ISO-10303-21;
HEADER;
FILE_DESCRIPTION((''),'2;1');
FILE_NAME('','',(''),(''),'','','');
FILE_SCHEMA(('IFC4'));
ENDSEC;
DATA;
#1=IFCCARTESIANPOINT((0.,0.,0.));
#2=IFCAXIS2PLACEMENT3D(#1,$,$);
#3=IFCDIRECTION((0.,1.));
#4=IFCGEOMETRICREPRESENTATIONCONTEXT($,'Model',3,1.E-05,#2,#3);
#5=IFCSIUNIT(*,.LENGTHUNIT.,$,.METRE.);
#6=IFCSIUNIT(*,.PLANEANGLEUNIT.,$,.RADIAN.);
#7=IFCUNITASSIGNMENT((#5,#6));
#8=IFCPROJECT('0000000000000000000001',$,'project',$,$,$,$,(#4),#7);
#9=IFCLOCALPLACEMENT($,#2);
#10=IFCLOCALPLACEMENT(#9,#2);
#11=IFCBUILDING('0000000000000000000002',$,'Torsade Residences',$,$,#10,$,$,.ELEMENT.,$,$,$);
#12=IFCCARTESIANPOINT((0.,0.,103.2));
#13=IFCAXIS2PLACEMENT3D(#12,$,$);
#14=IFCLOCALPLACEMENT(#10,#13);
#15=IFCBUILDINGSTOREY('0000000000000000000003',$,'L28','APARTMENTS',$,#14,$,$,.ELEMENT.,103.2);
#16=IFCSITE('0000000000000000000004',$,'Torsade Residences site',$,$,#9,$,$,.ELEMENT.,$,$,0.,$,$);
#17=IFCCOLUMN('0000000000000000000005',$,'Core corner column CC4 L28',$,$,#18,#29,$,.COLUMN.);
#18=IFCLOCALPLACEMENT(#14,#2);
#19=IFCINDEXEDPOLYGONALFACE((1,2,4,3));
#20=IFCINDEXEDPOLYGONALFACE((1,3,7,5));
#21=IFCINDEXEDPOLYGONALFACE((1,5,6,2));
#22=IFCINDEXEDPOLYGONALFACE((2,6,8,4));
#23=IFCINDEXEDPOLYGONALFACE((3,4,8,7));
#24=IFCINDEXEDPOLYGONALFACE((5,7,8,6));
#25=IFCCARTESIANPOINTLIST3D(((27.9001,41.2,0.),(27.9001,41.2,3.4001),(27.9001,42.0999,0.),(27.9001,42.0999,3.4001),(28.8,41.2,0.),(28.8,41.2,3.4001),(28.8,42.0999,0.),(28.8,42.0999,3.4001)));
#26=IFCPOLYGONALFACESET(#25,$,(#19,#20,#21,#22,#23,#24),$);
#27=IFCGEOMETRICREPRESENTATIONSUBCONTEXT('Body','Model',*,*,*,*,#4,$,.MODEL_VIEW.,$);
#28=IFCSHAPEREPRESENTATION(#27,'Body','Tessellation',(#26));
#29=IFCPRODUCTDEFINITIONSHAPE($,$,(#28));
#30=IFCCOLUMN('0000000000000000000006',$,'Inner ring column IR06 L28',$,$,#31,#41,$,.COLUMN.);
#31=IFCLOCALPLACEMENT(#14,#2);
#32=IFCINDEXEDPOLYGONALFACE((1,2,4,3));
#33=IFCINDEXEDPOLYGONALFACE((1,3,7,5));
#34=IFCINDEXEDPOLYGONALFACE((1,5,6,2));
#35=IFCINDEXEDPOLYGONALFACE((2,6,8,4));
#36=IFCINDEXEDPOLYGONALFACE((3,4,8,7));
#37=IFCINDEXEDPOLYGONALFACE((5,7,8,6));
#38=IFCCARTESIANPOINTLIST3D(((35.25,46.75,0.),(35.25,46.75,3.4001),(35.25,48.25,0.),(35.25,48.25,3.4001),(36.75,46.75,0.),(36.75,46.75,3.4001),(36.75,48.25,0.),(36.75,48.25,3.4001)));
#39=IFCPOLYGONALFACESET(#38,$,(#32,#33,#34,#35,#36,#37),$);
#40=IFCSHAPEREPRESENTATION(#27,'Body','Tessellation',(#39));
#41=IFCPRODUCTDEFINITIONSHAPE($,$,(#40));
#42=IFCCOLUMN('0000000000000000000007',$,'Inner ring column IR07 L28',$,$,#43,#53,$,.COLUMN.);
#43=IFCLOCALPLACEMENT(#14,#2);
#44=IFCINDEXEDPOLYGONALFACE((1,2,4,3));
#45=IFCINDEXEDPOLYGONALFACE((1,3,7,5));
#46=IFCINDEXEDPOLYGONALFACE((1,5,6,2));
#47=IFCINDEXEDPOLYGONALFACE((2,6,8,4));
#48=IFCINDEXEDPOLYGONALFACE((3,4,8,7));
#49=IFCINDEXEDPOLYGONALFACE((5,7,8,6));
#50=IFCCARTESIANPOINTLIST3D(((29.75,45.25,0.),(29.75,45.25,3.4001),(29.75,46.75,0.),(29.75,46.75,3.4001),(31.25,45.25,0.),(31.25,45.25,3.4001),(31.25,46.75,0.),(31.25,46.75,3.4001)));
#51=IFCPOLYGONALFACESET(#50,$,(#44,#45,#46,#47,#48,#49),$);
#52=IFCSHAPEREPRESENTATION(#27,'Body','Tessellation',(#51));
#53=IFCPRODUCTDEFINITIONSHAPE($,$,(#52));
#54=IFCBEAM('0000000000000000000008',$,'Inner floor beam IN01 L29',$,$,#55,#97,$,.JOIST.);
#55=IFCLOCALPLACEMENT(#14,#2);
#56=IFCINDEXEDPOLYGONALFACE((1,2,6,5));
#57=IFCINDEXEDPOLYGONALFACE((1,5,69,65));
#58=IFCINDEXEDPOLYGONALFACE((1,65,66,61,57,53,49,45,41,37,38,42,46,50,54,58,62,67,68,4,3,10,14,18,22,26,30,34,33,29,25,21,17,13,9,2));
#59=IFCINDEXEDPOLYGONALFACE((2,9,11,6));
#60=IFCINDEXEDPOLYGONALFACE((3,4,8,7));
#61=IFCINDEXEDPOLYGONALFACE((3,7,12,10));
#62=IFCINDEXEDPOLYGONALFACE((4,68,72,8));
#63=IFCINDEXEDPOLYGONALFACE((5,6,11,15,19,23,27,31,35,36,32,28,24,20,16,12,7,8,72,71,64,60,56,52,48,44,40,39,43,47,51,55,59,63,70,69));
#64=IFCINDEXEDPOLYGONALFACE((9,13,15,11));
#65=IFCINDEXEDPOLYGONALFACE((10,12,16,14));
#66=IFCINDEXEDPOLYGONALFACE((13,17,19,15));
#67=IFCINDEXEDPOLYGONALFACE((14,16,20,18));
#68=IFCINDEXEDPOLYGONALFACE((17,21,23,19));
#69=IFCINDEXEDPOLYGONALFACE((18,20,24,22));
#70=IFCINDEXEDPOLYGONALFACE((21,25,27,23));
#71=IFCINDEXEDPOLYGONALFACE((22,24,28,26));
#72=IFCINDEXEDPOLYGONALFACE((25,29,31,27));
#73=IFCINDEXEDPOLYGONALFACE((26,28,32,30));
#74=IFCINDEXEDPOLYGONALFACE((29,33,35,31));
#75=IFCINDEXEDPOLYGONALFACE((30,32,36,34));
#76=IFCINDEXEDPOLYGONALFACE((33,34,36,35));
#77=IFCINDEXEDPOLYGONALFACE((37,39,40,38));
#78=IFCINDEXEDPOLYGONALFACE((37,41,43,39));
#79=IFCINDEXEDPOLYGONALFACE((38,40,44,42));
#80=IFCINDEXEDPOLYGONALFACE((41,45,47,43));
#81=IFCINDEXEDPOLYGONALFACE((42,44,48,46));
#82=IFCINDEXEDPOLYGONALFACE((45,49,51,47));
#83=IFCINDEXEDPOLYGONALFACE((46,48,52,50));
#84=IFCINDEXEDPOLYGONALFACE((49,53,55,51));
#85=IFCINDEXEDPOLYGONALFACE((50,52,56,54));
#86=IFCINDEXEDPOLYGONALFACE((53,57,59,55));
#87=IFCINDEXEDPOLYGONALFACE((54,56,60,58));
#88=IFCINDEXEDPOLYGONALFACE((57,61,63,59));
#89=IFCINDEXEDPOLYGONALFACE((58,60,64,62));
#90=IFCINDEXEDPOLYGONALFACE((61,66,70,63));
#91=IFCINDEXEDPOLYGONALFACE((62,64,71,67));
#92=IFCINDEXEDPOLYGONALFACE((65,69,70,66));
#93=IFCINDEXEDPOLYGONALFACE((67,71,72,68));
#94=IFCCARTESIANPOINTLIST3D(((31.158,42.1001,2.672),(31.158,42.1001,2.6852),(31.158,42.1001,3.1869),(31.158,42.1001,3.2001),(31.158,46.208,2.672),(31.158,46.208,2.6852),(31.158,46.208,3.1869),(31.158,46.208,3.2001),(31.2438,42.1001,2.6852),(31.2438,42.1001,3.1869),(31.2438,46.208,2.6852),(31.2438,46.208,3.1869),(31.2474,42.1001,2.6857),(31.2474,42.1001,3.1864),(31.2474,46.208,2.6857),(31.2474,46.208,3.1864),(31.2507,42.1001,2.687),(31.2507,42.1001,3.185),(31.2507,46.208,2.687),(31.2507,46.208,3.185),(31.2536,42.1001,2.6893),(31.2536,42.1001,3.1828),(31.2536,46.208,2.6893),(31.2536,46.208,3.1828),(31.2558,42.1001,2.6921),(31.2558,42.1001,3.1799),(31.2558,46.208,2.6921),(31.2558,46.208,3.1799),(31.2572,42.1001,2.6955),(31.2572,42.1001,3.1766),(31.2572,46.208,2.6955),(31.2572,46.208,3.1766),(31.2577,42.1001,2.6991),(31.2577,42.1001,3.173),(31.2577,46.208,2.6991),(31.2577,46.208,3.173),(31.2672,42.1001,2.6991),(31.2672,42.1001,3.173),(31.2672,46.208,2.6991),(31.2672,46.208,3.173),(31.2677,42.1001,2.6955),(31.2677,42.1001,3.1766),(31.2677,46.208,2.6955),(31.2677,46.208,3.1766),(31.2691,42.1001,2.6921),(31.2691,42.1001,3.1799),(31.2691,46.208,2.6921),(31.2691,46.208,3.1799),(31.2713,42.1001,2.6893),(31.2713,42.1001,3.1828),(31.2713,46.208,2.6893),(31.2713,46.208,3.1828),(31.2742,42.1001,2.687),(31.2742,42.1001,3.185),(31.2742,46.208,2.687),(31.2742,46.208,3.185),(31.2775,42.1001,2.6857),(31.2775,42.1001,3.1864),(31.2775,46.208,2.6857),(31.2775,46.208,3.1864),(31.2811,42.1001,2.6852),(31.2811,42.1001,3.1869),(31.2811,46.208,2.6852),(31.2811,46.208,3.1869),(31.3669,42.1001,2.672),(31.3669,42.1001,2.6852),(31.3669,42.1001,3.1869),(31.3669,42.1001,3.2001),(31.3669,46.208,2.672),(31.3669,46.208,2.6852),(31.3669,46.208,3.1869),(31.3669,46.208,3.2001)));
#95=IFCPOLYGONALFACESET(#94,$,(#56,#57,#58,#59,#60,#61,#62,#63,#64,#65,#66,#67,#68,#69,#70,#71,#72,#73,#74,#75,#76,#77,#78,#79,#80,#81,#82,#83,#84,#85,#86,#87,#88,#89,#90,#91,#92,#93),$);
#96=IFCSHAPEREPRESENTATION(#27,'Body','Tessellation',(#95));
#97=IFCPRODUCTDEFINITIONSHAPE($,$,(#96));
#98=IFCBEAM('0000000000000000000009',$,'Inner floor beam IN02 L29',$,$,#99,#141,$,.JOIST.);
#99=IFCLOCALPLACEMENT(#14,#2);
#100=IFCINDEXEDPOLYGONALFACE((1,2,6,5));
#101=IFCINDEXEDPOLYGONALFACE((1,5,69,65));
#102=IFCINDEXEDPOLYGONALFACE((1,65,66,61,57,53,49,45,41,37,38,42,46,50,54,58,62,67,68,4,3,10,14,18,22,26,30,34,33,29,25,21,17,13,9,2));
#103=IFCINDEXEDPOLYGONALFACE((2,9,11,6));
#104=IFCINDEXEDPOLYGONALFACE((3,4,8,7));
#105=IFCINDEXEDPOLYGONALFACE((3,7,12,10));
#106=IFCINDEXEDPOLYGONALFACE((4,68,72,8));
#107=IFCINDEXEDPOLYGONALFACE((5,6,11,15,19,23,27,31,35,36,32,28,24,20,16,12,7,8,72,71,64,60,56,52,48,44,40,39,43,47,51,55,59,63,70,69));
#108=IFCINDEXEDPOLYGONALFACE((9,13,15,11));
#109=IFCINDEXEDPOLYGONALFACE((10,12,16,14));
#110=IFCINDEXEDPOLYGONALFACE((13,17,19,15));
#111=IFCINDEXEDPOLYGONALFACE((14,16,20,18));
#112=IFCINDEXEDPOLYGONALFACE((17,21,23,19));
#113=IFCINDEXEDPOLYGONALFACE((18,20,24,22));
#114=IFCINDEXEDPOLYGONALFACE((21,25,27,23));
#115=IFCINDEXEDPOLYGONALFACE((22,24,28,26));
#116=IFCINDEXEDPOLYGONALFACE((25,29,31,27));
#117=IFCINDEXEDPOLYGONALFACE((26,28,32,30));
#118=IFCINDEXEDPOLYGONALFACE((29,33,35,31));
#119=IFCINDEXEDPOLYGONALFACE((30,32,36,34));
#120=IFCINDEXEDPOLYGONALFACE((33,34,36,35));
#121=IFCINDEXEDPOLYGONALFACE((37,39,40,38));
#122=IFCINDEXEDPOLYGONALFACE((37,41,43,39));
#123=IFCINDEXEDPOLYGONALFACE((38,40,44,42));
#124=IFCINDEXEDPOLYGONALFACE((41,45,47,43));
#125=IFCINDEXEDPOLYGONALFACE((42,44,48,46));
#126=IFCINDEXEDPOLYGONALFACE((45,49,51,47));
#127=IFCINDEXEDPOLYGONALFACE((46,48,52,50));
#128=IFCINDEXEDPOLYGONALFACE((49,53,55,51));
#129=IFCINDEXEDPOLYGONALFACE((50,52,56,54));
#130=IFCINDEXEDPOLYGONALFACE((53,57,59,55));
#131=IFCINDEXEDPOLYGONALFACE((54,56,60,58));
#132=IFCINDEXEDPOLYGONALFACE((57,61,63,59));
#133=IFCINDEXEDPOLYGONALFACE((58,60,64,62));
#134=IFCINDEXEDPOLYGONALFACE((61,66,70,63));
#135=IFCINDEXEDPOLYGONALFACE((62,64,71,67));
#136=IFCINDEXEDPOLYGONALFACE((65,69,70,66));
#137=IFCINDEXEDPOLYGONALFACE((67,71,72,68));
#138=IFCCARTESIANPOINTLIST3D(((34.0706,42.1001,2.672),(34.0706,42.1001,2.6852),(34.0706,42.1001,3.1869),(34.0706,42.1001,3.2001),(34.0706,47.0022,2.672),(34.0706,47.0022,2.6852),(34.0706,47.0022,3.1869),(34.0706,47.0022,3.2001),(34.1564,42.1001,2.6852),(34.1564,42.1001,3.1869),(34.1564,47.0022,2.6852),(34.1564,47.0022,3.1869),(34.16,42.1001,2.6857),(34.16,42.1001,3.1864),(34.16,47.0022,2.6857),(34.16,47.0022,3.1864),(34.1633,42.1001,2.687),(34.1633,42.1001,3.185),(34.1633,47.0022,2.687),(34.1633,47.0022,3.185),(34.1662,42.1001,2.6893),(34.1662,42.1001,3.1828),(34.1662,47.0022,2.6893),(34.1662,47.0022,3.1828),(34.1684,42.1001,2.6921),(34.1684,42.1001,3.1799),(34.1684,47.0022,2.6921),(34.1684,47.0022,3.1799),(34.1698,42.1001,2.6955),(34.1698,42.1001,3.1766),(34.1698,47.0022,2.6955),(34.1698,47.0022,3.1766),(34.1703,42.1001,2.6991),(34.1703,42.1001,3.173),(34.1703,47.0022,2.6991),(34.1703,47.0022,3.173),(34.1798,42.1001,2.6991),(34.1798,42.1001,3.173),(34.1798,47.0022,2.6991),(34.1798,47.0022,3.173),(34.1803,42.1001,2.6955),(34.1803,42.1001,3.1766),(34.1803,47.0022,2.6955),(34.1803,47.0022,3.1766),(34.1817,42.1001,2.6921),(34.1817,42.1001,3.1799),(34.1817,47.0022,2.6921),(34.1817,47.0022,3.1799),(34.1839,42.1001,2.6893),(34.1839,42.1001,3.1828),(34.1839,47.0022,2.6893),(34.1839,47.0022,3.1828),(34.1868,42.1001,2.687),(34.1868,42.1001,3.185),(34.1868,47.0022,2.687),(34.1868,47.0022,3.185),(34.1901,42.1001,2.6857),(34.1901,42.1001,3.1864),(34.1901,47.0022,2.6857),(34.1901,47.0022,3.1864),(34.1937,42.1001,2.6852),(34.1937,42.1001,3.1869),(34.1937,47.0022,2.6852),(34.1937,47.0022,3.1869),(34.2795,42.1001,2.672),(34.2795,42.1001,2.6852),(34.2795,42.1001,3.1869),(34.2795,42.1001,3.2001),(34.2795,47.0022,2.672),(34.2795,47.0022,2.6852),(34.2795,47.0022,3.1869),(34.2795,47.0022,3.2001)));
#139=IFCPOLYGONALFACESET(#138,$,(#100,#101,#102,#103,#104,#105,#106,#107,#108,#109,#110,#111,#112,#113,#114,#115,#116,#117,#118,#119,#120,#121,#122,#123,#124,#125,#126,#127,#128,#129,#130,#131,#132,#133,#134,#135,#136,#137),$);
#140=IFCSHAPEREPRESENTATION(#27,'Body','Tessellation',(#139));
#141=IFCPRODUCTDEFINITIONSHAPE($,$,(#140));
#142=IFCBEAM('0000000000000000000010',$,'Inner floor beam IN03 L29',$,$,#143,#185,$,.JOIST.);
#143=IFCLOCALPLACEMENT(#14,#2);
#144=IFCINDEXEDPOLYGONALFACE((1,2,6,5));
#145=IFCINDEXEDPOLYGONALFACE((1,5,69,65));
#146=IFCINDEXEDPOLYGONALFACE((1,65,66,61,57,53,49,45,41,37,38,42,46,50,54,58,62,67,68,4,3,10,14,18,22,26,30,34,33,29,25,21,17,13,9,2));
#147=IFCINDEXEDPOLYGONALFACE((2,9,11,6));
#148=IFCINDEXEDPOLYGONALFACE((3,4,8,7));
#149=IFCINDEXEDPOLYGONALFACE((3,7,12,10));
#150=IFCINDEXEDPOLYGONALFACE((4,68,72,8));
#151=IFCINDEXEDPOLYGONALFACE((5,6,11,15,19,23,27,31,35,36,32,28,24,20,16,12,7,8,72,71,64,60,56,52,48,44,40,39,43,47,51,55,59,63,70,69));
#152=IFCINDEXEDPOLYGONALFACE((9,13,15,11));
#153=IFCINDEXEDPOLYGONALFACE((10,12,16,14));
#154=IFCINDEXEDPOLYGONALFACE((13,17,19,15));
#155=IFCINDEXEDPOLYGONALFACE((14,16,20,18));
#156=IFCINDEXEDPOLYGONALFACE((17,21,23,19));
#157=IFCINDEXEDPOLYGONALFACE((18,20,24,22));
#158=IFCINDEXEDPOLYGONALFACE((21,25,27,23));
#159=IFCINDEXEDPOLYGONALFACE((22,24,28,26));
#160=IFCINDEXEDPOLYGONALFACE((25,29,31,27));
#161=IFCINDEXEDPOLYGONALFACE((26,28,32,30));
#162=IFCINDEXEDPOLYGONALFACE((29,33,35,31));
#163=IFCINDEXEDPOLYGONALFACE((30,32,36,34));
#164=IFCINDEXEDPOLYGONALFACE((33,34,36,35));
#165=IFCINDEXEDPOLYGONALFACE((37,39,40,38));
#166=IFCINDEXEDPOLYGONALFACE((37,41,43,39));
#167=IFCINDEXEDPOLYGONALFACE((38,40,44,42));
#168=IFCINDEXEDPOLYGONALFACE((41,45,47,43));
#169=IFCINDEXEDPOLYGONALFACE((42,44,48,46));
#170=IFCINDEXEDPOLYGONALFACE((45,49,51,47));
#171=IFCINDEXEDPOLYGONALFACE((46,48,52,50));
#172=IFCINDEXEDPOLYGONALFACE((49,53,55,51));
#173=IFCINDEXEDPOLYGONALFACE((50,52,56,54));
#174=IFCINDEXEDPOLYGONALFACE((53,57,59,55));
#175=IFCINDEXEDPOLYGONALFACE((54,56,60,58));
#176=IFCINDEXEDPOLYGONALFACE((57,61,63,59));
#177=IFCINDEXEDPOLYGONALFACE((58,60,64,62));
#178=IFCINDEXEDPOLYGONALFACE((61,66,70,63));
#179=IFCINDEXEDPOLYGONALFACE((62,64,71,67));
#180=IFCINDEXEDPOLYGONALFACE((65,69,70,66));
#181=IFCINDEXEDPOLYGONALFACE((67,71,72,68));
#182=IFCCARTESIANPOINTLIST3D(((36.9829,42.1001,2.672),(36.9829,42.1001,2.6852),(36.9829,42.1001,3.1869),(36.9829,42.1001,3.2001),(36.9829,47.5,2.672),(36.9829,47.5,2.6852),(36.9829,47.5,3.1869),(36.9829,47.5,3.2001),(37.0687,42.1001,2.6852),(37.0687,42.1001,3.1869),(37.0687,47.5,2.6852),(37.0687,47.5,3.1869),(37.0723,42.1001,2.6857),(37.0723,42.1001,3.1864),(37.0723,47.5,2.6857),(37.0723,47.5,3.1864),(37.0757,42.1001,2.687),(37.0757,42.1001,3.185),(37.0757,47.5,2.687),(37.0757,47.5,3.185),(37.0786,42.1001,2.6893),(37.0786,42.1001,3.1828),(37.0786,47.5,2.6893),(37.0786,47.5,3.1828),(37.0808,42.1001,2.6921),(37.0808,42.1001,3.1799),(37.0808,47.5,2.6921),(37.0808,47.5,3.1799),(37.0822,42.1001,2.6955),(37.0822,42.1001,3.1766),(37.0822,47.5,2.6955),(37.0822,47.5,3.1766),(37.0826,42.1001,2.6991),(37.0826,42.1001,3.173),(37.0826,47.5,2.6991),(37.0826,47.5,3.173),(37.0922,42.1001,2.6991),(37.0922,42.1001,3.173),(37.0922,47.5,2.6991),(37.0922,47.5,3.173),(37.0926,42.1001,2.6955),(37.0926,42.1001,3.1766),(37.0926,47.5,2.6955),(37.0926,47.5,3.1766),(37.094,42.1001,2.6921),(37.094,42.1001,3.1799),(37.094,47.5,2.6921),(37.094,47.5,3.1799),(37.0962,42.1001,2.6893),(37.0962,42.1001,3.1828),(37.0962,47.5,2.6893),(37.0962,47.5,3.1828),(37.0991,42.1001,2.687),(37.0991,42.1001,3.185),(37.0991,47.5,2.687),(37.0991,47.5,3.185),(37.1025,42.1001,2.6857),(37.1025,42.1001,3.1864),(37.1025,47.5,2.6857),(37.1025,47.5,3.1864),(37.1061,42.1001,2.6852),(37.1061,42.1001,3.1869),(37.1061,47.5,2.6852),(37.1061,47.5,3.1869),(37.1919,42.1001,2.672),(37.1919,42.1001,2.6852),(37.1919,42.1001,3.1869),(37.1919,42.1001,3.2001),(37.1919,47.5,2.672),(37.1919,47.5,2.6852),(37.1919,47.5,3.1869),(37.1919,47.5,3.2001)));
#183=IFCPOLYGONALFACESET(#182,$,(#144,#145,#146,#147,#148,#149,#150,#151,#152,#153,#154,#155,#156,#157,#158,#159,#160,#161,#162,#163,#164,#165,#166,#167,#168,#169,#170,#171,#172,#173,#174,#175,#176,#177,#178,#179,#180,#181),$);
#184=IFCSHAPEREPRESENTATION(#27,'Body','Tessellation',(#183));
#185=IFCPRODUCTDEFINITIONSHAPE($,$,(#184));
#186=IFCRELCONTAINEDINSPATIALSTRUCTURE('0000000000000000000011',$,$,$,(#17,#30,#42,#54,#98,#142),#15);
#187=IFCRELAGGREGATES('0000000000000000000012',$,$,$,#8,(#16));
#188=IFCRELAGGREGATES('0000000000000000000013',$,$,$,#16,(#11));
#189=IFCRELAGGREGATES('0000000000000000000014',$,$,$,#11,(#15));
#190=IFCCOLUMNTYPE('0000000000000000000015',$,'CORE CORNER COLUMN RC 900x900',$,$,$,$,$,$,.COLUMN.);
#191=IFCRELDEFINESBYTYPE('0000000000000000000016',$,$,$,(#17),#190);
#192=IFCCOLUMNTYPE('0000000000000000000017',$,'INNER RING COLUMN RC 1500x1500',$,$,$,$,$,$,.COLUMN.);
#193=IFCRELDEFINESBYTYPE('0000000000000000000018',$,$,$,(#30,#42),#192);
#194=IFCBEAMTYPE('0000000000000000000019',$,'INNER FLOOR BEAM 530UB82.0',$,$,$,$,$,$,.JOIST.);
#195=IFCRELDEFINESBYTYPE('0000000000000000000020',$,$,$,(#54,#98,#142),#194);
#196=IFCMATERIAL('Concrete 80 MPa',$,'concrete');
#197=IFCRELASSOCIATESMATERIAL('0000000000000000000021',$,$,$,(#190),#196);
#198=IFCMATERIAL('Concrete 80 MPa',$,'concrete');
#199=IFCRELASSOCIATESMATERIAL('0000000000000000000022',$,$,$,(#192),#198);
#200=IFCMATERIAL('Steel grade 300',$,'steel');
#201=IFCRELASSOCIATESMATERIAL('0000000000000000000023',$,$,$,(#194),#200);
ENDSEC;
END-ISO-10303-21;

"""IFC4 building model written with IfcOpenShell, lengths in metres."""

from ifc_helpers import new_model, si_unit, direction, frame, origin, origin_2d, place, context, subcontext, project, spatial, rectangle, i_section, extrude, material, material_profile, profile_set, type_object, element, save


model = new_model("IFC4")

# Units and contexts
model_context = context("Model", 3, precision=1e-05, world=origin(), true_north=direction((0.0, 1.0)))
body_context = subcontext(model_context, "Body", "Model", "MODEL_VIEW")
ifc_project = project(units=[si_unit("LENGTHUNIT", "METRE"), si_unit("PLANEANGLEUNIT", "RADIAN")], contexts=[model_context])

# Site, building, storey
site_placement = place(None, origin())
site = spatial("IfcSite", under=ifc_project, at=site_placement, Name="Torsade Residences site", CompositionType="ELEMENT", RefElevation=0.0)
building_placement = place(site_placement, origin())
building = spatial("IfcBuilding", under=site, at=building_placement, Name="Torsade Residences", CompositionType="ELEMENT")
storey_placement = place(building_placement, frame((0.0, 0.0, 103.2)))
storey = spatial("IfcBuildingStorey", under=building, at=storey_placement, Name="L28", Description="APARTMENTS", CompositionType="ELEMENT", Elevation=103.2)

# Columns
ifc_material_1 = material(Name="Concrete 80 MPa", Category="concrete")
ifc_material_profile_1 = material_profile(ifc_material_1, rectangle(XDim=0.8999, YDim=0.8999, at=origin_2d()), Name="RC 900x900")
ifc_profile_set_1 = profile_set([ifc_material_profile_1], Name="Concrete 80 MPa")
column_type_1 = type_object("IfcColumnType", Name="CORE CORNER COLUMN RC 900x900", PredefinedType="COLUMN", material=ifc_profile_set_1)
column_placement = place(storey_placement, frame((28.3501, 41.6499, 0.0), z_axis=(0.0, 0.0, 1.0), x_axis=(1.0, 0.0, 0.0)))
element("IfcColumn", 1, at=column_placement, inside=storey, type_object=column_type_1, Name="Core corner column CC4 L28", PredefinedType="COLUMN", context=body_context, shape_type="SweptSolid", body=[
    extrude(rectangle(XDim=0.8999, YDim=0.8999, at=origin_2d()), origin(), (0.0, 0.0, 1.0), 3.4001),
])
ifc_material_2 = material(Name="Concrete 80 MPa", Category="concrete")
ifc_material_profile_2 = material_profile(ifc_material_2, rectangle(XDim=1.5, YDim=1.5, at=origin_2d()), Name="RC 1500x1500")
ifc_profile_set_2 = profile_set([ifc_material_profile_2], Name="Concrete 80 MPa")
column_type_2 = type_object("IfcColumnType", Name="INNER RING COLUMN RC 1500x1500", PredefinedType="COLUMN", material=ifc_profile_set_2)
for number, where, z_axis, x_axis, name in (
    (2, (36.0, 47.5, 0.0), (0.0, 0.0, 1.0), (1.0, 0.0, 0.0), "Inner ring column IR06 L28"),
    (3, (30.5, 46.0, 0.0), (0.0, 0.0, 1.0), (1.0, 0.0, 0.0), "Inner ring column IR07 L28"),
):
    element("IfcColumn", number, at=place(storey_placement, frame(where, z_axis=z_axis, x_axis=x_axis)), inside=storey, type_object=column_type_2, Name=name, PredefinedType="COLUMN", context=body_context, shape_type="SweptSolid", body=[
        extrude(rectangle(XDim=1.5, YDim=1.5, at=origin_2d()), origin(), (0.0, 0.0, 1.0), 3.4001),
    ])

# Beams
ifc_material_3 = material(Name="Steel grade 300", Category="steel")
ifc_material_profile_3 = material_profile(ifc_material_3, i_section(OverallWidth=0.209, OverallDepth=0.5281, WebThickness=0.0095, FlangeThickness=0.0132, FilletRadius=0.0139, at=origin_2d()), Name="530UB82.0")
ifc_profile_set_3 = profile_set([ifc_material_profile_3], Name="Steel grade 300")
beam_type_1 = type_object("IfcBeamType", Name="INNER FLOOR BEAM 530UB82.0", PredefinedType="JOIST", material=ifc_profile_set_3)
beam_1_placement = place(storey_placement, frame((31.2625, 42.1001, 2.936), z_axis=(0.0, 1.0, 0.0), x_axis=(-1.0, 0.0, 0.0)))
element("IfcBeam", 4, at=beam_1_placement, inside=storey, type_object=beam_type_1, Name="Inner floor beam IN01 L29", PredefinedType="JOIST", context=body_context, shape_type="SweptSolid", body=[
    extrude(i_section(OverallWidth=0.209, OverallDepth=0.5281, WebThickness=0.0095, FlangeThickness=0.0132, FilletRadius=0.0139, at=origin_2d()), origin(), (0.0, 0.0, 1.0), 4.1079),
])
beam_2_placement = place(storey_placement, frame((34.175, 42.1001, 2.936), z_axis=(0.0, 1.0, 0.0), x_axis=(-1.0, 0.0, 0.0)))
element("IfcBeam", 5, at=beam_2_placement, inside=storey, type_object=beam_type_1, Name="Inner floor beam IN02 L29", PredefinedType="JOIST", context=body_context, shape_type="SweptSolid", body=[
    extrude(i_section(OverallWidth=0.209, OverallDepth=0.5281, WebThickness=0.0095, FlangeThickness=0.0132, FilletRadius=0.0139, at=origin_2d()), origin(), (0.0, 0.0, 1.0), 4.9021),
])
beam_3_placement = place(storey_placement, frame((37.0874, 42.1001, 2.936), z_axis=(0.0, 1.0, 0.0), x_axis=(-1.0, 0.0, 0.0)))
element("IfcBeam", 6, at=beam_3_placement, inside=storey, type_object=beam_type_1, Name="Inner floor beam IN03 L29", PredefinedType="JOIST", context=body_context, shape_type="SweptSolid", body=[
    extrude(i_section(OverallWidth=0.209, OverallDepth=0.5281, WebThickness=0.0095, FlangeThickness=0.0132, FilletRadius=0.0139, at=origin_2d()), origin(), (0.0, 0.0, 1.0), 5.3999),
])

save(model, "model.ifc")
